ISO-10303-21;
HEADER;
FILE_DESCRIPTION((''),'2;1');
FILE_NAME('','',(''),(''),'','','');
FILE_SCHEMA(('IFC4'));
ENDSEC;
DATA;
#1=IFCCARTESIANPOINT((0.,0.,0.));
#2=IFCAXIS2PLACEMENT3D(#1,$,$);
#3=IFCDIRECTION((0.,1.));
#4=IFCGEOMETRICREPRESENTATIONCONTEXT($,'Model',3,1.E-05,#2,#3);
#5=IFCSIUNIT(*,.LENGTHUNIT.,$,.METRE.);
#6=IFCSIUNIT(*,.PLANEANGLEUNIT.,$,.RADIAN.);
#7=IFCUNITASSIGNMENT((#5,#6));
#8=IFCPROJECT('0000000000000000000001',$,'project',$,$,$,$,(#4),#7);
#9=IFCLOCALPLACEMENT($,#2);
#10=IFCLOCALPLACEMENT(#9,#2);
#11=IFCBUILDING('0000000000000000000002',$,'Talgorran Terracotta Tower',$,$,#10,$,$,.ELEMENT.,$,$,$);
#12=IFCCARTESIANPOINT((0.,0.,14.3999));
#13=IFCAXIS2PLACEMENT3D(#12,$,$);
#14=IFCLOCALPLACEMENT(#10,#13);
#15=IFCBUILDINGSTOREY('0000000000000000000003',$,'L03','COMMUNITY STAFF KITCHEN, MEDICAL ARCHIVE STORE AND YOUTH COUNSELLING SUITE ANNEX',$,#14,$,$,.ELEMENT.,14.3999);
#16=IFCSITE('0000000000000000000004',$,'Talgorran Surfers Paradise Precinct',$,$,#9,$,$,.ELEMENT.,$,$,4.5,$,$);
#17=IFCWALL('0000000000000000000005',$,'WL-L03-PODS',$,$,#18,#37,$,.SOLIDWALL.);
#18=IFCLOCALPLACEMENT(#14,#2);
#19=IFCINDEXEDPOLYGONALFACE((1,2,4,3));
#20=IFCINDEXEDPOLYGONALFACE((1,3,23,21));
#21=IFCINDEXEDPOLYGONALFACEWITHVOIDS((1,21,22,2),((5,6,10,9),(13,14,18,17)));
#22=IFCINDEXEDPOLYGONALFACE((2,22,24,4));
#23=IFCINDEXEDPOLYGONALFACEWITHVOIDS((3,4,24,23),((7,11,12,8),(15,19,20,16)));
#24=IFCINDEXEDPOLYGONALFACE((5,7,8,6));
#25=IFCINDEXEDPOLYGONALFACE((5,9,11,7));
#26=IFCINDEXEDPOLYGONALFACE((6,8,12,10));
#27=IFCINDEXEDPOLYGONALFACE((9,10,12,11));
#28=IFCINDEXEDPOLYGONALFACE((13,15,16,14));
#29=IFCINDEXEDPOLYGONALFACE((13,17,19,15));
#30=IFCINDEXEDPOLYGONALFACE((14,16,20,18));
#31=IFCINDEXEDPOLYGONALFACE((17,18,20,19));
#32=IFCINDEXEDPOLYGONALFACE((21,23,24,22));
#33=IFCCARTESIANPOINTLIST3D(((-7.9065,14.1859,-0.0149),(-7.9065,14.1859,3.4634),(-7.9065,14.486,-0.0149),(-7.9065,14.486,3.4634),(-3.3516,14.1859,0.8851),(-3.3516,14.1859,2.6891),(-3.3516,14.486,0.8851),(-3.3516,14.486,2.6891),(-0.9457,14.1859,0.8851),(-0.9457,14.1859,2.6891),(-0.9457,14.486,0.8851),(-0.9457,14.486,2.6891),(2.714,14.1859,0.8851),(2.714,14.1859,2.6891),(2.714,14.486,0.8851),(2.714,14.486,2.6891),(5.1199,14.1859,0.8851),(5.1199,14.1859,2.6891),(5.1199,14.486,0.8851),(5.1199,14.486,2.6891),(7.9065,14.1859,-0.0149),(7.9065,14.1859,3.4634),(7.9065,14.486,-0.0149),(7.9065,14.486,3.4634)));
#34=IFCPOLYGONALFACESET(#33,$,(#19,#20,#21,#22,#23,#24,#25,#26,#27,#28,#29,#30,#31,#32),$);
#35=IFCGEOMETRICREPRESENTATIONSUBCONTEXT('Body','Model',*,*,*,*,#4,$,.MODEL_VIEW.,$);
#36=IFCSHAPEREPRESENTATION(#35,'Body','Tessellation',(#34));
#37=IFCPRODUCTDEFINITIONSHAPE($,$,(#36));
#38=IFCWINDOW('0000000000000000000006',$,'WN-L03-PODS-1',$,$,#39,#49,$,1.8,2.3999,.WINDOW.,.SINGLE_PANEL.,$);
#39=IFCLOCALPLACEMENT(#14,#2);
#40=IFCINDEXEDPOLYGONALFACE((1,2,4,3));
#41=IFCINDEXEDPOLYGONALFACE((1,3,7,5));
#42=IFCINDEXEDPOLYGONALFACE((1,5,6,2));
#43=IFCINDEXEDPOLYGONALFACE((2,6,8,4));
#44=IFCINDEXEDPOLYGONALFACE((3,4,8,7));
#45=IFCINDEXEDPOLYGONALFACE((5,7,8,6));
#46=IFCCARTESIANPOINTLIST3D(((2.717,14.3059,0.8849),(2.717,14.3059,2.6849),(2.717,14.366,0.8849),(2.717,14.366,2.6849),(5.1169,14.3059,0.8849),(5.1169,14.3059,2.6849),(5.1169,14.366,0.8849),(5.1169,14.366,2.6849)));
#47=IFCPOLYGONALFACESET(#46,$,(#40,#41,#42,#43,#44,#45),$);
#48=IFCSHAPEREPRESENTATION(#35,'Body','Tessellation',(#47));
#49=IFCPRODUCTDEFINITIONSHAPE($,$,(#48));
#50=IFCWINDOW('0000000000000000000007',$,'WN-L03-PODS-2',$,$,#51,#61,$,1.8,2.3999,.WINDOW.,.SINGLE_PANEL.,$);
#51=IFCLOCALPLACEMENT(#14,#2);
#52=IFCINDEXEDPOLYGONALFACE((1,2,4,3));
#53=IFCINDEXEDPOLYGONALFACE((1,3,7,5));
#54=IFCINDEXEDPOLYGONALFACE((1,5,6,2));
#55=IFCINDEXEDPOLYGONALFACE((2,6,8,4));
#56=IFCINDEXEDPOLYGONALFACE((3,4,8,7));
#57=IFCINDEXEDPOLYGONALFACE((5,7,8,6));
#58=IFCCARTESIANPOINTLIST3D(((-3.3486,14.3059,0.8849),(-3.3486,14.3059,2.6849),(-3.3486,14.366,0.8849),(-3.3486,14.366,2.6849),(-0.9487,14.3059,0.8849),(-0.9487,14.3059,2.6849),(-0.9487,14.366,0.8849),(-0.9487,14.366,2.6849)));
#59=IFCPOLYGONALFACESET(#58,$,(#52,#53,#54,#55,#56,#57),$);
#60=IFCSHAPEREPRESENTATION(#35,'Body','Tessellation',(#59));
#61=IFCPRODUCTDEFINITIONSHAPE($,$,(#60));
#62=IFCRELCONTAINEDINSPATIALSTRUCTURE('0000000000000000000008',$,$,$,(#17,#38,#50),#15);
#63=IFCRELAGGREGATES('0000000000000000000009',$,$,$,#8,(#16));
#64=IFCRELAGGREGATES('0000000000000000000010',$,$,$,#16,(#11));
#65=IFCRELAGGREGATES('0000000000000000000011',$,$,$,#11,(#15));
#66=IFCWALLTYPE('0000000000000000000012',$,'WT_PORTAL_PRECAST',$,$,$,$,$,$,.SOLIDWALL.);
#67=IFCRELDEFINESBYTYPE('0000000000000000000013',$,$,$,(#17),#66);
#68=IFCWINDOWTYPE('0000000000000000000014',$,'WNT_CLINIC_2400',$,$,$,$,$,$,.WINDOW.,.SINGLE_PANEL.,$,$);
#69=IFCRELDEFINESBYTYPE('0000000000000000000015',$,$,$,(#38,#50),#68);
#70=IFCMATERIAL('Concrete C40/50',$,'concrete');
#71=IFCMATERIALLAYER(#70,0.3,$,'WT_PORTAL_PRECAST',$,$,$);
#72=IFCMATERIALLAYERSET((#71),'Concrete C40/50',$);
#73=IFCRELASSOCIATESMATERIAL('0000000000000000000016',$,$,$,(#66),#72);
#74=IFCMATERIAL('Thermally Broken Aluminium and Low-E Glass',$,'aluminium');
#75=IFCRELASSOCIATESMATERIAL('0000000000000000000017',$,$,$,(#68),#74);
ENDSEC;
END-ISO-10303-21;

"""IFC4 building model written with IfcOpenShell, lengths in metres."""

from ifc_helpers import new_model, si_unit, direction, frame, frame_2d, origin, place, context, subcontext, project, spatial, rectangle, extrude, material, layer, layer_set, type_object, element, fill, save


model = new_model("IFC4")

# Units and contexts
model_context = context("Model", 3, precision=1e-05, world=origin(), true_north=direction((0.0, 1.0)))
body_context = subcontext(model_context, "Body", "Model", "MODEL_VIEW")
ifc_project = project(units=[si_unit("LENGTHUNIT", "METRE"), si_unit("PLANEANGLEUNIT", "RADIAN")], contexts=[model_context])

# Site, building, storey
site_placement = place(None, origin())
site = spatial("IfcSite", under=ifc_project, at=site_placement, Name="Talgorran Surfers Paradise Precinct", CompositionType="ELEMENT", RefElevation=4.5)
building_placement = place(site_placement, origin())
building = spatial("IfcBuilding", under=site, at=building_placement, Name="Talgorran Terracotta Tower", CompositionType="ELEMENT")
storey_placement = place(building_placement, frame((0.0, 0.0, 14.3999)))
storey = spatial("IfcBuildingStorey", under=building, at=storey_placement, Name="L03", Description="COMMUNITY STAFF KITCHEN, MEDICAL ARCHIVE STORE AND YOUTH COUNSELLING SUITE ANNEX", CompositionType="ELEMENT", Elevation=14.3999)

# Wall, openings, windows
ifc_material_1 = material(Name="Concrete C40/50", Category="concrete")
ifc_layer_1 = layer(ifc_material_1, 0.3, Name="WT_PORTAL_PRECAST")
ifc_layer_set_1 = layer_set([ifc_layer_1], Name="Concrete C40/50")
wall_type_1 = type_object("IfcWallType", Name="WT_PORTAL_PRECAST", PredefinedType="SOLIDWALL", material=ifc_layer_set_1)
wall_1_placement = place(storey_placement, frame((7.9065, 14.3359, -0.0149), z_axis=(0.0, 0.0, 1.0), x_axis=(-1.0, 0.0, 0.0)))
wall_1 = element("IfcWall", 1, at=wall_1_placement, inside=storey, type_object=wall_type_1, Name="WL-L03-PODS", PredefinedType="SOLIDWALL", context=body_context, shape_type="SweptSolid", body=[
    extrude(rectangle(XDim=15.813, YDim=0.3, at=frame_2d((7.9065, 0.0))), origin(), (0.0, 0.0, 1.0), 3.4783),
])
opening_1_placement = place(wall_1_placement, frame((2.7896, 0.0, 0.8999)))
opening_1 = element("IfcOpeningElement", 2, at=opening_1_placement, cuts=wall_1, PredefinedType="OPENING", context=body_context, shape_type="SweptSolid", body=[
    extrude(rectangle(XDim=2.4059, YDim=1.804, at=frame_2d((1.2, 0.9021))), frame((0.0, 0.1602, 0.0), z_axis=(0.0, -1.0, 0.0), x_axis=(1.0, 0.0, 0.0)), (0.0, 0.0, 1.0), 0.3201),
])
opening_2_placement = place(wall_1_placement, frame((8.8552, 0.0, 0.8999)))
opening_2 = element("IfcOpeningElement", 3, at=opening_2_placement, cuts=wall_1, PredefinedType="OPENING", context=body_context, shape_type="SweptSolid", body=[
    extrude(rectangle(XDim=2.4059, YDim=1.804, at=frame_2d((1.2, 0.9021))), frame((0.0, 0.1602, 0.0), z_axis=(0.0, -1.0, 0.0), x_axis=(1.0, 0.0, 0.0)), (0.0, 0.0, 1.0), 0.3201),
])
ifc_material_2 = material(Name="Thermally Broken Aluminium and Low-E Glass", Category="aluminium")
window_type = type_object("IfcWindowType", Name="WNT_CLINIC_2400", PartitioningType="SINGLE_PANEL", PredefinedType="WINDOW", material=ifc_material_2)
window_1_placement = place(opening_1_placement, origin())
window_1 = element("IfcWindow", 4, at=window_1_placement, inside=storey, type_object=window_type, Name="WN-L03-PODS-1", OverallHeight=1.8, OverallWidth=2.3999, PartitioningType="SINGLE_PANEL", PredefinedType="WINDOW", context=body_context, shape_type="SweptSolid", body=[
    extrude(rectangle(XDim=2.3999, YDim=1.8, at=frame_2d((1.2, 0.8999))), frame((0.0, 0.03, 0.0), z_axis=(0.0, -1.0, 0.0), x_axis=(1.0, 0.0, 0.0)), (0.0, 0.0, 1.0), 0.0601),
])
fill(opening_1, window_1)
window_2_placement = place(opening_2_placement, origin())
window_2 = element("IfcWindow", 5, at=window_2_placement, inside=storey, type_object=window_type, Name="WN-L03-PODS-2", OverallHeight=1.8, OverallWidth=2.3999, PartitioningType="SINGLE_PANEL", PredefinedType="WINDOW", context=body_context, shape_type="SweptSolid", body=[
    extrude(rectangle(XDim=2.3999, YDim=1.8, at=frame_2d((1.2, 0.8999))), frame((0.0, 0.03, 0.0), z_axis=(0.0, -1.0, 0.0), x_axis=(1.0, 0.0, 0.0)), (0.0, 0.0, 1.0), 0.0601),
])
fill(opening_2, window_2)

save(model, "model.ifc")
